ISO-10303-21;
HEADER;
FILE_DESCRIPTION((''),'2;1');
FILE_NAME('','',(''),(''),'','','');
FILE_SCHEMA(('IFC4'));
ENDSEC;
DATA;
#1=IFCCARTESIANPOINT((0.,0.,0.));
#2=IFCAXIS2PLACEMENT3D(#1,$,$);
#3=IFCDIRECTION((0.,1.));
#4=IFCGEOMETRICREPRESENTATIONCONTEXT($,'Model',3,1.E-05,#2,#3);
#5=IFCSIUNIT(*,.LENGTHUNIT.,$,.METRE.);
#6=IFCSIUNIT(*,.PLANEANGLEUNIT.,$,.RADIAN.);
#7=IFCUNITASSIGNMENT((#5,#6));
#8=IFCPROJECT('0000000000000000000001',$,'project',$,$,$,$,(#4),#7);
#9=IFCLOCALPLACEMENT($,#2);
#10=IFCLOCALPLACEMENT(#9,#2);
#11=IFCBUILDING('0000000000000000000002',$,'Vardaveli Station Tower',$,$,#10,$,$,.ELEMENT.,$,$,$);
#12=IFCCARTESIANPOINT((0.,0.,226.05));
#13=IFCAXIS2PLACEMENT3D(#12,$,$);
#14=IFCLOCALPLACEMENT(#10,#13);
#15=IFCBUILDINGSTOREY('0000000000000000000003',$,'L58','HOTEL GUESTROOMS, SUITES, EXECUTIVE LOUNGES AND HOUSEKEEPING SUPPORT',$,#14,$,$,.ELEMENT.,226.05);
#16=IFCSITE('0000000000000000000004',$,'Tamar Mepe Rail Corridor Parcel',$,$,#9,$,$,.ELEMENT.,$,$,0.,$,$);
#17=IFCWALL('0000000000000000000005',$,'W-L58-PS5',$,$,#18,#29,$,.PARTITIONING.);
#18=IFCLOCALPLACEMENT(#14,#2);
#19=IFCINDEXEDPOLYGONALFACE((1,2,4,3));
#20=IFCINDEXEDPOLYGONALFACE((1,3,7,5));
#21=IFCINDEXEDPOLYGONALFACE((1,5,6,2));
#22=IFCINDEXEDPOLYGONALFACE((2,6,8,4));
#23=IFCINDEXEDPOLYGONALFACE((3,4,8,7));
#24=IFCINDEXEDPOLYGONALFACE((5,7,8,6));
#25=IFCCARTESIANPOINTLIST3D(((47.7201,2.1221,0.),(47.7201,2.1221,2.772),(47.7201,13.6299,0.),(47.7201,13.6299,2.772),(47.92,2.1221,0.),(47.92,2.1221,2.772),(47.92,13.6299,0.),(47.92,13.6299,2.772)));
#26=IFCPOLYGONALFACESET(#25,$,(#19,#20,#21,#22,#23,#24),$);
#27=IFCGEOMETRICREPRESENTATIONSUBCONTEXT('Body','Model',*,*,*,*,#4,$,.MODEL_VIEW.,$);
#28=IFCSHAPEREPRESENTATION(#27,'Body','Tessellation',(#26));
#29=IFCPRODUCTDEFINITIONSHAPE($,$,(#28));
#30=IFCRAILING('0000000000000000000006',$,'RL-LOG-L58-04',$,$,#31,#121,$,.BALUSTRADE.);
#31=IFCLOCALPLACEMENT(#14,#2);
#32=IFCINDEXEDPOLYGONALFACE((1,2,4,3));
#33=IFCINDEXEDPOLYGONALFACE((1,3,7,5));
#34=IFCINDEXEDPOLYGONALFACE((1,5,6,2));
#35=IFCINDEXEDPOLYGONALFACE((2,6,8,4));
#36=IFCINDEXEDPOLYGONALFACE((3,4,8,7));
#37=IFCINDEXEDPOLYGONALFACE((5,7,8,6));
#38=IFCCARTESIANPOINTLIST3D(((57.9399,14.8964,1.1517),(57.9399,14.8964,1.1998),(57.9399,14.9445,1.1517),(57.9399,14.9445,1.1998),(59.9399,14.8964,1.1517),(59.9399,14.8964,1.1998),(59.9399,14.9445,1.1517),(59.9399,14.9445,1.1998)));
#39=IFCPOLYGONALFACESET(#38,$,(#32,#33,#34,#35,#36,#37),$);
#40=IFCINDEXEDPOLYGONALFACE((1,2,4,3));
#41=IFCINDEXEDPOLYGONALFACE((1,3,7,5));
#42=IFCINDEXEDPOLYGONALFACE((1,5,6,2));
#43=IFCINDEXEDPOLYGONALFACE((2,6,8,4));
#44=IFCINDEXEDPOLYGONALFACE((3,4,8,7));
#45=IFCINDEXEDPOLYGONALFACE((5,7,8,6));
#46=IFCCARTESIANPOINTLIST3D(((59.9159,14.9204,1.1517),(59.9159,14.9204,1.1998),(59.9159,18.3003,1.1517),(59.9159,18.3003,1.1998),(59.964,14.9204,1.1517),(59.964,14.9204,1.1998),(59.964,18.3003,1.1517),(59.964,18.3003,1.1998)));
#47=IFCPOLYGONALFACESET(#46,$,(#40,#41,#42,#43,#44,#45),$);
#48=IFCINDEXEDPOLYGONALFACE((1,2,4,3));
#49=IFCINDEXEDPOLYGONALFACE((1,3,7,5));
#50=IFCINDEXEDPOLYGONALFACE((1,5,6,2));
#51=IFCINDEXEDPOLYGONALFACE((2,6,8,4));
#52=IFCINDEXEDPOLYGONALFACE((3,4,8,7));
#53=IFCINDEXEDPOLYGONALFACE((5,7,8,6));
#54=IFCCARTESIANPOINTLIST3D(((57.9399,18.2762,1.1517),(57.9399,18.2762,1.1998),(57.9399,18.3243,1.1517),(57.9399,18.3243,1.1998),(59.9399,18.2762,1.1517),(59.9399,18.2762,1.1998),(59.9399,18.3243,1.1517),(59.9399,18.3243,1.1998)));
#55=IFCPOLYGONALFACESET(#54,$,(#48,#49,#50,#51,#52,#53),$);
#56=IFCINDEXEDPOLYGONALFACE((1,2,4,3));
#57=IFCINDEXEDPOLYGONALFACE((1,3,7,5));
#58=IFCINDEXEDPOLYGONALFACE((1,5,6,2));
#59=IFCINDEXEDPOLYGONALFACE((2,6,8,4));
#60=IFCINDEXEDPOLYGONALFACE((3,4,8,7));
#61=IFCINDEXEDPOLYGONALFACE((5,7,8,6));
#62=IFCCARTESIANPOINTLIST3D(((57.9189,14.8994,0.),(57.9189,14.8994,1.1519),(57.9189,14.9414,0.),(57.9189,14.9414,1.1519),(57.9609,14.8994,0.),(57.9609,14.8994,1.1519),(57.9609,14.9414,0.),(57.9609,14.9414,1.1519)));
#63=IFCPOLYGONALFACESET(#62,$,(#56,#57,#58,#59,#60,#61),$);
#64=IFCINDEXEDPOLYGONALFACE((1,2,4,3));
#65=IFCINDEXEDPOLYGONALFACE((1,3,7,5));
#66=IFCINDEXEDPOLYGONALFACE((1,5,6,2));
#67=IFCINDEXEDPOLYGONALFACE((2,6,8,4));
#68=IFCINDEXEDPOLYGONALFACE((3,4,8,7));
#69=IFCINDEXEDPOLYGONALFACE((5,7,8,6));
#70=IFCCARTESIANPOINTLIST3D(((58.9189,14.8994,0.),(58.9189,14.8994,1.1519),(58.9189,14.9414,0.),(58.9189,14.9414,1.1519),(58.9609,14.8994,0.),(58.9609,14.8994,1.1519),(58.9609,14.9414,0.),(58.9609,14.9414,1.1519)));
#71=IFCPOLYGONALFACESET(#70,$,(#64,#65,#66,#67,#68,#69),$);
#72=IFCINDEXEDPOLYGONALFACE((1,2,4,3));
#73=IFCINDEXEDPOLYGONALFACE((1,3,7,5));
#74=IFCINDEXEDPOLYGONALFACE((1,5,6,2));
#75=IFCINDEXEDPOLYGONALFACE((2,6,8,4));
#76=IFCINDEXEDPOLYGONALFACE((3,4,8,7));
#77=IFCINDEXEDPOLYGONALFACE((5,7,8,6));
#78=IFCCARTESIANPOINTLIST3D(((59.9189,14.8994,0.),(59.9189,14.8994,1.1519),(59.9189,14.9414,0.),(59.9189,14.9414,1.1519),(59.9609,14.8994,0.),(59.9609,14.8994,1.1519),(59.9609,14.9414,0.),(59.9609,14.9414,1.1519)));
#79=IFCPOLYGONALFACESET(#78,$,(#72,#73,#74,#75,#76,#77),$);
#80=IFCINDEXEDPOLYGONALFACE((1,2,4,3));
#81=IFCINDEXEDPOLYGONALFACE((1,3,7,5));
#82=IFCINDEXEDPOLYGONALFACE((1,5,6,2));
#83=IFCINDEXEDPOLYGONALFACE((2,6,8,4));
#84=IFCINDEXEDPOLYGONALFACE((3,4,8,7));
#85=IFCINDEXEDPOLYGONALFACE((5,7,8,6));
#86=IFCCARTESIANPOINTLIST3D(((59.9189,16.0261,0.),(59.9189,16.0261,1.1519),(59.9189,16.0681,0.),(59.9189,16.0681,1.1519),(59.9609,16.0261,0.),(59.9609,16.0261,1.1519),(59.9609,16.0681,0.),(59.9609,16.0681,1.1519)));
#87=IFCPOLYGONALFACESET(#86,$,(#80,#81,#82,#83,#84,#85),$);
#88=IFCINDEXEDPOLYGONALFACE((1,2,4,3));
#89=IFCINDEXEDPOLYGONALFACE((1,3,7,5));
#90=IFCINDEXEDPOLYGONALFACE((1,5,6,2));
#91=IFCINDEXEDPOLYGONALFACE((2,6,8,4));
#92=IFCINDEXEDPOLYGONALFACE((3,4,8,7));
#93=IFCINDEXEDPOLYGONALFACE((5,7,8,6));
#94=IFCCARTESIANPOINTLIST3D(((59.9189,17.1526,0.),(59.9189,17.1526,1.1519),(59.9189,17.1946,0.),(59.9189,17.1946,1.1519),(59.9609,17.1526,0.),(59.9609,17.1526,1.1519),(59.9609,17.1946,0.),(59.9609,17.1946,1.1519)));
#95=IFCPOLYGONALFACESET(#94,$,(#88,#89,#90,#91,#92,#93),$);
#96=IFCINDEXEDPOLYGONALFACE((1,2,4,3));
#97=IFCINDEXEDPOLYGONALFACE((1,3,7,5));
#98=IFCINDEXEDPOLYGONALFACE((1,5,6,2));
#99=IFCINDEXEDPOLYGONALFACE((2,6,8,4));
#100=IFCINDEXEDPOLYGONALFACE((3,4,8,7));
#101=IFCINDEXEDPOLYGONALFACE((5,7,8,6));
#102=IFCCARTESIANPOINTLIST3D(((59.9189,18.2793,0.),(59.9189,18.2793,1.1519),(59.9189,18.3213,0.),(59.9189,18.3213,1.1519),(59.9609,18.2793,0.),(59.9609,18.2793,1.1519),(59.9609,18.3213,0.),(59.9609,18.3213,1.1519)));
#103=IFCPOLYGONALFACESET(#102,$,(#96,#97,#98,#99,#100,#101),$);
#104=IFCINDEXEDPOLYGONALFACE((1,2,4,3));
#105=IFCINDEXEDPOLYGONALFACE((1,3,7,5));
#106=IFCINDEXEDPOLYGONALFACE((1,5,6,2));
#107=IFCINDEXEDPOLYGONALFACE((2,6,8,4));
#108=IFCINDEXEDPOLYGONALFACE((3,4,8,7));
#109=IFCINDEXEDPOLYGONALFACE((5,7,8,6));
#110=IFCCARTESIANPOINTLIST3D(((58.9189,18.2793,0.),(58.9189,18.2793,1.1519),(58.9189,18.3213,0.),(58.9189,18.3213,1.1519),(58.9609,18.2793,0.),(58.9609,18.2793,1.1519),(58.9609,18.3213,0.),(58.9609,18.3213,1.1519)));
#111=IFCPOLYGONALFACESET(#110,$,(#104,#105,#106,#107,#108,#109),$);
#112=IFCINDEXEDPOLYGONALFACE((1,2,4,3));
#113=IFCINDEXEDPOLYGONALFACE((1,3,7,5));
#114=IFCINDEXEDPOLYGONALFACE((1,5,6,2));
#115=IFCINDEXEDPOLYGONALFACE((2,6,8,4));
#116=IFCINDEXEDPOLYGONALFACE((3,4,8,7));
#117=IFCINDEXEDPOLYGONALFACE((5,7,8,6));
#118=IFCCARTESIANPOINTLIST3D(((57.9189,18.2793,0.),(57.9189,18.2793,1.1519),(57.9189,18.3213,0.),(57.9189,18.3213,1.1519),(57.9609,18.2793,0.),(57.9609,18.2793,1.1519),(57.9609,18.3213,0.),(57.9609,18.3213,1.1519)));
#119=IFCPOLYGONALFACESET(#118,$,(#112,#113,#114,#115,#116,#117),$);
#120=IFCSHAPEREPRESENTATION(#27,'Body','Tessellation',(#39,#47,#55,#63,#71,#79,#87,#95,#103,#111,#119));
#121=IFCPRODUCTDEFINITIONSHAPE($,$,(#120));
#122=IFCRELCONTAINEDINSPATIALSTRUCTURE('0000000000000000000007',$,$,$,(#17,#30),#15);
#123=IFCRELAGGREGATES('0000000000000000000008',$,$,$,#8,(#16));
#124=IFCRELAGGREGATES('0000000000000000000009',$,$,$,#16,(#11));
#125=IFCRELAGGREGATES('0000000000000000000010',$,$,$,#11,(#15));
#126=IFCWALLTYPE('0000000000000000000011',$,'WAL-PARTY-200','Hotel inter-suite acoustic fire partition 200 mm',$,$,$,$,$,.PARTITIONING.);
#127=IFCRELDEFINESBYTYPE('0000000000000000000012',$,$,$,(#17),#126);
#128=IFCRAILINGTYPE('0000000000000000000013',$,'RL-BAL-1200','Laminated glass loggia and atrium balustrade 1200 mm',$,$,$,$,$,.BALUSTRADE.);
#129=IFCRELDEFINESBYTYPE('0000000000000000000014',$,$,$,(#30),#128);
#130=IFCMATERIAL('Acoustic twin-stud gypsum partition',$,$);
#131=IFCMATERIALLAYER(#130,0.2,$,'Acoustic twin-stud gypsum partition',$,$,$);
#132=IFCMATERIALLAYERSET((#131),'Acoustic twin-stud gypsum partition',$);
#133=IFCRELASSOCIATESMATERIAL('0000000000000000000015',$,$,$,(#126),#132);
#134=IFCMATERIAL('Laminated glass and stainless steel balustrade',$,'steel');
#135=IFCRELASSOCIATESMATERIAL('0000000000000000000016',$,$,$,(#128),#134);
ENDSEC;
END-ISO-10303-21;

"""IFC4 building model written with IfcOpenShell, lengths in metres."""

from ifc_helpers import new_model, si_unit, direction, frame, frame_2d, origin, origin_2d, place, context, subcontext, project, spatial, rectangle, extrude, source, transform, mapped, material, layer, layer_set, type_object, element, save


model = new_model("IFC4")

# Units and contexts
model_context = context("Model", 3, precision=1e-05, world=origin(), true_north=direction((0.0, 1.0)))
body_context = subcontext(model_context, "Body", "Model", "MODEL_VIEW")
ifc_project = project(units=[si_unit("LENGTHUNIT", "METRE"), si_unit("PLANEANGLEUNIT", "RADIAN")], contexts=[model_context])

# Site, building, storey
site_placement = place(None, origin())
site = spatial("IfcSite", under=ifc_project, at=site_placement, Name="Tamar Mepe Rail Corridor Parcel", CompositionType="ELEMENT", RefElevation=0.0)
building_placement = place(site_placement, origin())
building = spatial("IfcBuilding", under=site, at=building_placement, Name="Vardaveli Station Tower", CompositionType="ELEMENT")
storey_placement = place(building_placement, frame((0.0, 0.0, 226.05)))
storey = spatial("IfcBuildingStorey", under=building, at=storey_placement, Name="L58", Description="HOTEL GUESTROOMS, SUITES, EXECUTIVE LOUNGES AND HOUSEKEEPING SUPPORT", CompositionType="ELEMENT", Elevation=226.05)

# Wall
ifc_material_1 = material(Name="Acoustic twin-stud gypsum partition")
ifc_layer_1 = layer(ifc_material_1, 0.2, Name="Acoustic twin-stud gypsum partition")
ifc_layer_set_1 = layer_set([ifc_layer_1], Name="Acoustic twin-stud gypsum partition")
wall_type_1 = type_object("IfcWallType", Name="WAL-PARTY-200", Description="Hotel inter-suite acoustic fire partition 200 mm", PredefinedType="PARTITIONING", material=ifc_layer_set_1)
shared_shape_1 = source(origin(), body_context, "Body", "SweptSolid", [
    extrude(rectangle(XDim=11.5078, YDim=0.2, at=frame_2d((5.7539, 0.0))), origin(), (0.0, 0.0, 1.0), 2.772),
])
wall_1_placement = place(storey_placement, frame((47.8201, 2.1221, 0.0), z_axis=(0.0, 0.0, 1.0), x_axis=(0.0, 1.0, 0.0)))
element("IfcWall", 1, at=wall_1_placement, inside=storey, type_object=wall_type_1, Name="W-L58-PS5", PredefinedType="PARTITIONING", context=body_context, shape_type="MappedRepresentation", body=[
    mapped(shared_shape_1, transform((0.0, 0.0, 0.0), scale=1.0)),
])

# Railing
ifc_material_2 = material(Name="Laminated glass and stainless steel balustrade", Category="steel")
railing_type = type_object("IfcRailingType", Name="RL-BAL-1200", Description="Laminated glass loggia and atrium balustrade 1200 mm", PredefinedType="BALUSTRADE", material=ifc_material_2)
shared_shape_2 = source(origin(), body_context, "Body", "SweptSolid", [
    extrude(rectangle(XDim=0.0481, YDim=0.0481, at=origin_2d()), frame((0.0, 0.0, 1.1758), z_axis=(1.0, 0.0, 0.0), x_axis=(0.0, 1.0, 0.0)), (0.0, 0.0, 1.0), 2.0),
    extrude(rectangle(XDim=0.0481, YDim=0.0481, at=origin_2d()), frame((2.0, 0.0, 1.1758), z_axis=(0.0, 1.0, 0.0), x_axis=(-1.0, 0.0, 0.0)), (0.0, 0.0, 1.0), 3.3799),
    extrude(rectangle(XDim=0.0481, YDim=0.0481, at=origin_2d()), frame((2.0, 3.3799, 1.1758), z_axis=(-1.0, 0.0, 0.0), x_axis=(0.0, -1.0, 0.0)), (0.0, 0.0, 1.0), 2.0),
    extrude(rectangle(XDim=0.042, YDim=0.042, at=origin_2d()), origin(), (0.0, 0.0, 1.0), 1.1519),
    extrude(rectangle(XDim=0.042, YDim=0.042, at=origin_2d()), frame((1.0, 0.0, 0.0)), (0.0, 0.0, 1.0), 1.1519),
    extrude(rectangle(XDim=0.042, YDim=0.042, at=origin_2d()), frame((2.0, 0.0, 0.0)), (0.0, 0.0, 1.0), 1.1519),
    extrude(rectangle(XDim=0.042, YDim=0.042, at=origin_2d()), frame((2.0, 1.1267, 0.0)), (0.0, 0.0, 1.0), 1.1519),
    extrude(rectangle(XDim=0.042, YDim=0.042, at=origin_2d()), frame((2.0, 2.2532, 0.0)), (0.0, 0.0, 1.0), 1.1519),
    extrude(rectangle(XDim=0.042, YDim=0.042, at=origin_2d()), frame((2.0, 3.3799, 0.0)), (0.0, 0.0, 1.0), 1.1519),
    extrude(rectangle(XDim=0.042, YDim=0.042, at=origin_2d()), frame((1.0, 3.3799, 0.0)), (0.0, 0.0, 1.0), 1.1519),
    extrude(rectangle(XDim=0.042, YDim=0.042, at=origin_2d()), frame((0.0, 3.3799, 0.0)), (0.0, 0.0, 1.0), 1.1519),
])
railing_placement = place(storey_placement, frame((57.9399, 14.9204, 0.0)))
element("IfcRailing", 2, at=railing_placement, inside=storey, type_object=railing_type, Name="RL-LOG-L58-04", PredefinedType="BALUSTRADE", context=body_context, shape_type="MappedRepresentation", body=[
    mapped(shared_shape_2, transform((0.0, 0.0, 0.0), scale=1.0)),
])

save(model, "model.ifc")
